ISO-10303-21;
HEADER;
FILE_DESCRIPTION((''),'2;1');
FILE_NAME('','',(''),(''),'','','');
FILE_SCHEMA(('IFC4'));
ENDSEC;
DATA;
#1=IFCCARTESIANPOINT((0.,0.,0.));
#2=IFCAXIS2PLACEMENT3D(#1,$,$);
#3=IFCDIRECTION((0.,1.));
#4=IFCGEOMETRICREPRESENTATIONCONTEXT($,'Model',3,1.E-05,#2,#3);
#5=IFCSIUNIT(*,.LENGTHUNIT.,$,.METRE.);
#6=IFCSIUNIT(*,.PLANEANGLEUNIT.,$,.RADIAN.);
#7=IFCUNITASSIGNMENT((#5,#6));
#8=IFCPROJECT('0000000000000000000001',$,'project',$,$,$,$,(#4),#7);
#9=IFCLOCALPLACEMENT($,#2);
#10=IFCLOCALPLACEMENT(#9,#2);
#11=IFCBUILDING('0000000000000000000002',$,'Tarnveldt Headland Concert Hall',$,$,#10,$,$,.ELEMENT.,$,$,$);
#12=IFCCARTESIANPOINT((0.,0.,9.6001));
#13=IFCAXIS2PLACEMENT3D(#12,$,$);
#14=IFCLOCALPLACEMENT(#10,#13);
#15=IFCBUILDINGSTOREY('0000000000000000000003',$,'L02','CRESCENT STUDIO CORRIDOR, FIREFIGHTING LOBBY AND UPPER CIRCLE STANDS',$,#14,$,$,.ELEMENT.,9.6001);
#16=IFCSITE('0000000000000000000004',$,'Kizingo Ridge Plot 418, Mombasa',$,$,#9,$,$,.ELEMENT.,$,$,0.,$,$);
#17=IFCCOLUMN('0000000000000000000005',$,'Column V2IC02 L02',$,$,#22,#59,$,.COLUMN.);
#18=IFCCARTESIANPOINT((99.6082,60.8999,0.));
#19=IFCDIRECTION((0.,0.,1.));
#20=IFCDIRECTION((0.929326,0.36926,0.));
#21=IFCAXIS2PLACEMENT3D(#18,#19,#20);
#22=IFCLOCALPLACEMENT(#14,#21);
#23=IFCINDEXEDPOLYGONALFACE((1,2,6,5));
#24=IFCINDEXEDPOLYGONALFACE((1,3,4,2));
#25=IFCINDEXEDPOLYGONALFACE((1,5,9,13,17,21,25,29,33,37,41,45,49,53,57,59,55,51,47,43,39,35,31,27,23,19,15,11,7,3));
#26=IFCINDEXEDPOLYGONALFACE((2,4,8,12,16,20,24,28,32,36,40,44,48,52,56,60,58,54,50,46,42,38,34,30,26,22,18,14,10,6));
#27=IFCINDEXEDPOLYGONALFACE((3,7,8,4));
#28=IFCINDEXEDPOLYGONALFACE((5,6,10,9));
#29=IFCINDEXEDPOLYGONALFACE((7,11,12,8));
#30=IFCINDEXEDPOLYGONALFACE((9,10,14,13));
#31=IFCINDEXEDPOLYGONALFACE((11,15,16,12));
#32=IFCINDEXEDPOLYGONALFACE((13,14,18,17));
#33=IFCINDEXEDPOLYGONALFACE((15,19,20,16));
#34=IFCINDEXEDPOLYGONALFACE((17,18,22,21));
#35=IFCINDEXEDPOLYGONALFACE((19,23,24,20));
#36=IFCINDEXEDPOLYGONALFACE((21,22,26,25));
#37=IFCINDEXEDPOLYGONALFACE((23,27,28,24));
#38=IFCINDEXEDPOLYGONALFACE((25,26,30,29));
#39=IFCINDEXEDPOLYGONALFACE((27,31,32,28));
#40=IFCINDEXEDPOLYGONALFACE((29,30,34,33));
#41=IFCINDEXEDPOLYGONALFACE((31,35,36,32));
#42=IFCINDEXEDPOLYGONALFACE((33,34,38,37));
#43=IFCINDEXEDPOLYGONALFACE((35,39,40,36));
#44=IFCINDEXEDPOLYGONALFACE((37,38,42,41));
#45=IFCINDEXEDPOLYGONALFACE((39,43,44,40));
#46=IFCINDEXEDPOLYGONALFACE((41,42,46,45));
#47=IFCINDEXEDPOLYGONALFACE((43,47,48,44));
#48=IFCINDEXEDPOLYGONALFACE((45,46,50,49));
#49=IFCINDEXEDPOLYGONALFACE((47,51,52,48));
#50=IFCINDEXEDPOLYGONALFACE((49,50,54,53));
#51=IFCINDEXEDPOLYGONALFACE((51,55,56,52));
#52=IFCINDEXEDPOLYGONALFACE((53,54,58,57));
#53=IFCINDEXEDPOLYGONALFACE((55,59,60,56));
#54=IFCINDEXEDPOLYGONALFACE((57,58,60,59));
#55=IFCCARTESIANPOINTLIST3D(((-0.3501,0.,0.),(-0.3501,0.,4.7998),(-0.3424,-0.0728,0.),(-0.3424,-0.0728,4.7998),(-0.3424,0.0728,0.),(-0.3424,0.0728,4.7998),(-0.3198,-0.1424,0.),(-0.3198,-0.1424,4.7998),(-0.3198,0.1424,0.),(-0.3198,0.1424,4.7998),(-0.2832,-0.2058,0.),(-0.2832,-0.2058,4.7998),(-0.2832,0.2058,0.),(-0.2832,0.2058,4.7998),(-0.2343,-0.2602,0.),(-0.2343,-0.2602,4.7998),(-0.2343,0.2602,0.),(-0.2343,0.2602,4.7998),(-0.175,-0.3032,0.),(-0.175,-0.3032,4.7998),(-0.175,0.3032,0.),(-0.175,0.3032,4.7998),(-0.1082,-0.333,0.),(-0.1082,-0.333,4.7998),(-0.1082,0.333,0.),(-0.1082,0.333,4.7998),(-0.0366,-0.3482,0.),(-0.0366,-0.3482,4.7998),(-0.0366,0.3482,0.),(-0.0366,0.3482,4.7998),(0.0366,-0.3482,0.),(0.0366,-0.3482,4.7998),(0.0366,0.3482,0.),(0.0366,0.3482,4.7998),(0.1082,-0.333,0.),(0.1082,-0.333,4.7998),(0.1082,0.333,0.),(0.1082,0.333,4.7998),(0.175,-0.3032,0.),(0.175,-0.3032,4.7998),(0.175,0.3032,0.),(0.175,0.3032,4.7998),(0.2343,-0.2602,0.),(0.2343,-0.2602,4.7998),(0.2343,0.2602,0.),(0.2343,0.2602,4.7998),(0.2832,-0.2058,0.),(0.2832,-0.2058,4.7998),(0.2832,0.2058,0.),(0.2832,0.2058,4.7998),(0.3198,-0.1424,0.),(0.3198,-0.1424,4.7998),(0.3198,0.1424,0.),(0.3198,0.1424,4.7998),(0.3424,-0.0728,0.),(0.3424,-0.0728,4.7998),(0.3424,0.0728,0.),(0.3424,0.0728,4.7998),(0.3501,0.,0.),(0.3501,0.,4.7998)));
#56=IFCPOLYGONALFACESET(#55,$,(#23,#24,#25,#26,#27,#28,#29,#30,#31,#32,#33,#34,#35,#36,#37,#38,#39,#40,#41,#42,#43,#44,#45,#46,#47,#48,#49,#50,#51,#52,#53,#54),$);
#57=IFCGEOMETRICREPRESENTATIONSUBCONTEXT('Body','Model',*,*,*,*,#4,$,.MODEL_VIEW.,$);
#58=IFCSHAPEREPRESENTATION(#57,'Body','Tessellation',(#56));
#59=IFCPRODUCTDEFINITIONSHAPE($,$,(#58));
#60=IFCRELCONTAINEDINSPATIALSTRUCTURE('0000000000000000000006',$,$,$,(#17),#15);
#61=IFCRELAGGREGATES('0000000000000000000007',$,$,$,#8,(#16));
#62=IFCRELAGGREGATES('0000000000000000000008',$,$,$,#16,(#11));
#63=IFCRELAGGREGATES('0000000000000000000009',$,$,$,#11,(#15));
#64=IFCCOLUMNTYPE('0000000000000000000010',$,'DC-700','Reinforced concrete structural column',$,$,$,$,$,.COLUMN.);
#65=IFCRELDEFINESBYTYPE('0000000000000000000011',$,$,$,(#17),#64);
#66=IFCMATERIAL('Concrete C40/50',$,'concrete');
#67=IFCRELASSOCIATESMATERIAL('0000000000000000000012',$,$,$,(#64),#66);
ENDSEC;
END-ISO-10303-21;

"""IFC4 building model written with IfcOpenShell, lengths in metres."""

from ifc_helpers import new_model, si_unit, direction, frame, origin, origin_2d, place, context, subcontext, project, spatial, circle, extrude, material, material_profile, profile_set, type_object, element, save


model = new_model("IFC4")

# Units and contexts
model_context = context("Model", 3, precision=1e-05, world=origin(), true_north=direction((0.0, 1.0)))
body_context = subcontext(model_context, "Body", "Model", "MODEL_VIEW")
ifc_project = project(units=[si_unit("LENGTHUNIT", "METRE"), si_unit("PLANEANGLEUNIT", "RADIAN")], contexts=[model_context])

# Site, building, storey
site_placement = place(None, origin())
site = spatial("IfcSite", under=ifc_project, at=site_placement, Name="Kizingo Ridge Plot 418, Mombasa", CompositionType="ELEMENT", RefElevation=0.0)
building_placement = place(site_placement, origin())
building = spatial("IfcBuilding", under=site, at=building_placement, Name="Tarnveldt Headland Concert Hall", CompositionType="ELEMENT")
storey_placement = place(building_placement, frame((0.0, 0.0, 9.6001)))
storey = spatial("IfcBuildingStorey", under=building, at=storey_placement, Name="L02", Description="CRESCENT STUDIO CORRIDOR, FIREFIGHTING LOBBY AND UPPER CIRCLE STANDS", CompositionType="ELEMENT", Elevation=9.6001)

# Column
ifc_material_1 = material(Name="Concrete C40/50", Category="concrete")
ifc_material_profile_1 = material_profile(ifc_material_1, circle(Radius=0.3501, at=origin_2d()), Name="RC D700", Category="concrete")
ifc_profile_set_1 = profile_set([ifc_material_profile_1], Name="Concrete C40/50")
column_type_1 = type_object("IfcColumnType", Name="DC-700", Description="Reinforced concrete structural column", PredefinedType="COLUMN", material=ifc_profile_set_1)
for number, where, z_axis, x_axis, name in (
    (1, (99.6082, 60.8999, 0.0), (0.0, 0.0, 1.0), (0.929326, 0.36926, 0.0), "Column V2IC02 L02"),
):
    element("IfcColumn", number, at=place(storey_placement, frame(where, z_axis=z_axis, x_axis=x_axis)), inside=storey, type_object=column_type_1, Name=name, PredefinedType="COLUMN", context=body_context, shape_type="SweptSolid", body=[
        extrude(circle(Radius=0.3501, at=origin_2d()), origin(), (0.0, 0.0, 1.0), 4.7998),
    ])

save(model, "model.ifc")
